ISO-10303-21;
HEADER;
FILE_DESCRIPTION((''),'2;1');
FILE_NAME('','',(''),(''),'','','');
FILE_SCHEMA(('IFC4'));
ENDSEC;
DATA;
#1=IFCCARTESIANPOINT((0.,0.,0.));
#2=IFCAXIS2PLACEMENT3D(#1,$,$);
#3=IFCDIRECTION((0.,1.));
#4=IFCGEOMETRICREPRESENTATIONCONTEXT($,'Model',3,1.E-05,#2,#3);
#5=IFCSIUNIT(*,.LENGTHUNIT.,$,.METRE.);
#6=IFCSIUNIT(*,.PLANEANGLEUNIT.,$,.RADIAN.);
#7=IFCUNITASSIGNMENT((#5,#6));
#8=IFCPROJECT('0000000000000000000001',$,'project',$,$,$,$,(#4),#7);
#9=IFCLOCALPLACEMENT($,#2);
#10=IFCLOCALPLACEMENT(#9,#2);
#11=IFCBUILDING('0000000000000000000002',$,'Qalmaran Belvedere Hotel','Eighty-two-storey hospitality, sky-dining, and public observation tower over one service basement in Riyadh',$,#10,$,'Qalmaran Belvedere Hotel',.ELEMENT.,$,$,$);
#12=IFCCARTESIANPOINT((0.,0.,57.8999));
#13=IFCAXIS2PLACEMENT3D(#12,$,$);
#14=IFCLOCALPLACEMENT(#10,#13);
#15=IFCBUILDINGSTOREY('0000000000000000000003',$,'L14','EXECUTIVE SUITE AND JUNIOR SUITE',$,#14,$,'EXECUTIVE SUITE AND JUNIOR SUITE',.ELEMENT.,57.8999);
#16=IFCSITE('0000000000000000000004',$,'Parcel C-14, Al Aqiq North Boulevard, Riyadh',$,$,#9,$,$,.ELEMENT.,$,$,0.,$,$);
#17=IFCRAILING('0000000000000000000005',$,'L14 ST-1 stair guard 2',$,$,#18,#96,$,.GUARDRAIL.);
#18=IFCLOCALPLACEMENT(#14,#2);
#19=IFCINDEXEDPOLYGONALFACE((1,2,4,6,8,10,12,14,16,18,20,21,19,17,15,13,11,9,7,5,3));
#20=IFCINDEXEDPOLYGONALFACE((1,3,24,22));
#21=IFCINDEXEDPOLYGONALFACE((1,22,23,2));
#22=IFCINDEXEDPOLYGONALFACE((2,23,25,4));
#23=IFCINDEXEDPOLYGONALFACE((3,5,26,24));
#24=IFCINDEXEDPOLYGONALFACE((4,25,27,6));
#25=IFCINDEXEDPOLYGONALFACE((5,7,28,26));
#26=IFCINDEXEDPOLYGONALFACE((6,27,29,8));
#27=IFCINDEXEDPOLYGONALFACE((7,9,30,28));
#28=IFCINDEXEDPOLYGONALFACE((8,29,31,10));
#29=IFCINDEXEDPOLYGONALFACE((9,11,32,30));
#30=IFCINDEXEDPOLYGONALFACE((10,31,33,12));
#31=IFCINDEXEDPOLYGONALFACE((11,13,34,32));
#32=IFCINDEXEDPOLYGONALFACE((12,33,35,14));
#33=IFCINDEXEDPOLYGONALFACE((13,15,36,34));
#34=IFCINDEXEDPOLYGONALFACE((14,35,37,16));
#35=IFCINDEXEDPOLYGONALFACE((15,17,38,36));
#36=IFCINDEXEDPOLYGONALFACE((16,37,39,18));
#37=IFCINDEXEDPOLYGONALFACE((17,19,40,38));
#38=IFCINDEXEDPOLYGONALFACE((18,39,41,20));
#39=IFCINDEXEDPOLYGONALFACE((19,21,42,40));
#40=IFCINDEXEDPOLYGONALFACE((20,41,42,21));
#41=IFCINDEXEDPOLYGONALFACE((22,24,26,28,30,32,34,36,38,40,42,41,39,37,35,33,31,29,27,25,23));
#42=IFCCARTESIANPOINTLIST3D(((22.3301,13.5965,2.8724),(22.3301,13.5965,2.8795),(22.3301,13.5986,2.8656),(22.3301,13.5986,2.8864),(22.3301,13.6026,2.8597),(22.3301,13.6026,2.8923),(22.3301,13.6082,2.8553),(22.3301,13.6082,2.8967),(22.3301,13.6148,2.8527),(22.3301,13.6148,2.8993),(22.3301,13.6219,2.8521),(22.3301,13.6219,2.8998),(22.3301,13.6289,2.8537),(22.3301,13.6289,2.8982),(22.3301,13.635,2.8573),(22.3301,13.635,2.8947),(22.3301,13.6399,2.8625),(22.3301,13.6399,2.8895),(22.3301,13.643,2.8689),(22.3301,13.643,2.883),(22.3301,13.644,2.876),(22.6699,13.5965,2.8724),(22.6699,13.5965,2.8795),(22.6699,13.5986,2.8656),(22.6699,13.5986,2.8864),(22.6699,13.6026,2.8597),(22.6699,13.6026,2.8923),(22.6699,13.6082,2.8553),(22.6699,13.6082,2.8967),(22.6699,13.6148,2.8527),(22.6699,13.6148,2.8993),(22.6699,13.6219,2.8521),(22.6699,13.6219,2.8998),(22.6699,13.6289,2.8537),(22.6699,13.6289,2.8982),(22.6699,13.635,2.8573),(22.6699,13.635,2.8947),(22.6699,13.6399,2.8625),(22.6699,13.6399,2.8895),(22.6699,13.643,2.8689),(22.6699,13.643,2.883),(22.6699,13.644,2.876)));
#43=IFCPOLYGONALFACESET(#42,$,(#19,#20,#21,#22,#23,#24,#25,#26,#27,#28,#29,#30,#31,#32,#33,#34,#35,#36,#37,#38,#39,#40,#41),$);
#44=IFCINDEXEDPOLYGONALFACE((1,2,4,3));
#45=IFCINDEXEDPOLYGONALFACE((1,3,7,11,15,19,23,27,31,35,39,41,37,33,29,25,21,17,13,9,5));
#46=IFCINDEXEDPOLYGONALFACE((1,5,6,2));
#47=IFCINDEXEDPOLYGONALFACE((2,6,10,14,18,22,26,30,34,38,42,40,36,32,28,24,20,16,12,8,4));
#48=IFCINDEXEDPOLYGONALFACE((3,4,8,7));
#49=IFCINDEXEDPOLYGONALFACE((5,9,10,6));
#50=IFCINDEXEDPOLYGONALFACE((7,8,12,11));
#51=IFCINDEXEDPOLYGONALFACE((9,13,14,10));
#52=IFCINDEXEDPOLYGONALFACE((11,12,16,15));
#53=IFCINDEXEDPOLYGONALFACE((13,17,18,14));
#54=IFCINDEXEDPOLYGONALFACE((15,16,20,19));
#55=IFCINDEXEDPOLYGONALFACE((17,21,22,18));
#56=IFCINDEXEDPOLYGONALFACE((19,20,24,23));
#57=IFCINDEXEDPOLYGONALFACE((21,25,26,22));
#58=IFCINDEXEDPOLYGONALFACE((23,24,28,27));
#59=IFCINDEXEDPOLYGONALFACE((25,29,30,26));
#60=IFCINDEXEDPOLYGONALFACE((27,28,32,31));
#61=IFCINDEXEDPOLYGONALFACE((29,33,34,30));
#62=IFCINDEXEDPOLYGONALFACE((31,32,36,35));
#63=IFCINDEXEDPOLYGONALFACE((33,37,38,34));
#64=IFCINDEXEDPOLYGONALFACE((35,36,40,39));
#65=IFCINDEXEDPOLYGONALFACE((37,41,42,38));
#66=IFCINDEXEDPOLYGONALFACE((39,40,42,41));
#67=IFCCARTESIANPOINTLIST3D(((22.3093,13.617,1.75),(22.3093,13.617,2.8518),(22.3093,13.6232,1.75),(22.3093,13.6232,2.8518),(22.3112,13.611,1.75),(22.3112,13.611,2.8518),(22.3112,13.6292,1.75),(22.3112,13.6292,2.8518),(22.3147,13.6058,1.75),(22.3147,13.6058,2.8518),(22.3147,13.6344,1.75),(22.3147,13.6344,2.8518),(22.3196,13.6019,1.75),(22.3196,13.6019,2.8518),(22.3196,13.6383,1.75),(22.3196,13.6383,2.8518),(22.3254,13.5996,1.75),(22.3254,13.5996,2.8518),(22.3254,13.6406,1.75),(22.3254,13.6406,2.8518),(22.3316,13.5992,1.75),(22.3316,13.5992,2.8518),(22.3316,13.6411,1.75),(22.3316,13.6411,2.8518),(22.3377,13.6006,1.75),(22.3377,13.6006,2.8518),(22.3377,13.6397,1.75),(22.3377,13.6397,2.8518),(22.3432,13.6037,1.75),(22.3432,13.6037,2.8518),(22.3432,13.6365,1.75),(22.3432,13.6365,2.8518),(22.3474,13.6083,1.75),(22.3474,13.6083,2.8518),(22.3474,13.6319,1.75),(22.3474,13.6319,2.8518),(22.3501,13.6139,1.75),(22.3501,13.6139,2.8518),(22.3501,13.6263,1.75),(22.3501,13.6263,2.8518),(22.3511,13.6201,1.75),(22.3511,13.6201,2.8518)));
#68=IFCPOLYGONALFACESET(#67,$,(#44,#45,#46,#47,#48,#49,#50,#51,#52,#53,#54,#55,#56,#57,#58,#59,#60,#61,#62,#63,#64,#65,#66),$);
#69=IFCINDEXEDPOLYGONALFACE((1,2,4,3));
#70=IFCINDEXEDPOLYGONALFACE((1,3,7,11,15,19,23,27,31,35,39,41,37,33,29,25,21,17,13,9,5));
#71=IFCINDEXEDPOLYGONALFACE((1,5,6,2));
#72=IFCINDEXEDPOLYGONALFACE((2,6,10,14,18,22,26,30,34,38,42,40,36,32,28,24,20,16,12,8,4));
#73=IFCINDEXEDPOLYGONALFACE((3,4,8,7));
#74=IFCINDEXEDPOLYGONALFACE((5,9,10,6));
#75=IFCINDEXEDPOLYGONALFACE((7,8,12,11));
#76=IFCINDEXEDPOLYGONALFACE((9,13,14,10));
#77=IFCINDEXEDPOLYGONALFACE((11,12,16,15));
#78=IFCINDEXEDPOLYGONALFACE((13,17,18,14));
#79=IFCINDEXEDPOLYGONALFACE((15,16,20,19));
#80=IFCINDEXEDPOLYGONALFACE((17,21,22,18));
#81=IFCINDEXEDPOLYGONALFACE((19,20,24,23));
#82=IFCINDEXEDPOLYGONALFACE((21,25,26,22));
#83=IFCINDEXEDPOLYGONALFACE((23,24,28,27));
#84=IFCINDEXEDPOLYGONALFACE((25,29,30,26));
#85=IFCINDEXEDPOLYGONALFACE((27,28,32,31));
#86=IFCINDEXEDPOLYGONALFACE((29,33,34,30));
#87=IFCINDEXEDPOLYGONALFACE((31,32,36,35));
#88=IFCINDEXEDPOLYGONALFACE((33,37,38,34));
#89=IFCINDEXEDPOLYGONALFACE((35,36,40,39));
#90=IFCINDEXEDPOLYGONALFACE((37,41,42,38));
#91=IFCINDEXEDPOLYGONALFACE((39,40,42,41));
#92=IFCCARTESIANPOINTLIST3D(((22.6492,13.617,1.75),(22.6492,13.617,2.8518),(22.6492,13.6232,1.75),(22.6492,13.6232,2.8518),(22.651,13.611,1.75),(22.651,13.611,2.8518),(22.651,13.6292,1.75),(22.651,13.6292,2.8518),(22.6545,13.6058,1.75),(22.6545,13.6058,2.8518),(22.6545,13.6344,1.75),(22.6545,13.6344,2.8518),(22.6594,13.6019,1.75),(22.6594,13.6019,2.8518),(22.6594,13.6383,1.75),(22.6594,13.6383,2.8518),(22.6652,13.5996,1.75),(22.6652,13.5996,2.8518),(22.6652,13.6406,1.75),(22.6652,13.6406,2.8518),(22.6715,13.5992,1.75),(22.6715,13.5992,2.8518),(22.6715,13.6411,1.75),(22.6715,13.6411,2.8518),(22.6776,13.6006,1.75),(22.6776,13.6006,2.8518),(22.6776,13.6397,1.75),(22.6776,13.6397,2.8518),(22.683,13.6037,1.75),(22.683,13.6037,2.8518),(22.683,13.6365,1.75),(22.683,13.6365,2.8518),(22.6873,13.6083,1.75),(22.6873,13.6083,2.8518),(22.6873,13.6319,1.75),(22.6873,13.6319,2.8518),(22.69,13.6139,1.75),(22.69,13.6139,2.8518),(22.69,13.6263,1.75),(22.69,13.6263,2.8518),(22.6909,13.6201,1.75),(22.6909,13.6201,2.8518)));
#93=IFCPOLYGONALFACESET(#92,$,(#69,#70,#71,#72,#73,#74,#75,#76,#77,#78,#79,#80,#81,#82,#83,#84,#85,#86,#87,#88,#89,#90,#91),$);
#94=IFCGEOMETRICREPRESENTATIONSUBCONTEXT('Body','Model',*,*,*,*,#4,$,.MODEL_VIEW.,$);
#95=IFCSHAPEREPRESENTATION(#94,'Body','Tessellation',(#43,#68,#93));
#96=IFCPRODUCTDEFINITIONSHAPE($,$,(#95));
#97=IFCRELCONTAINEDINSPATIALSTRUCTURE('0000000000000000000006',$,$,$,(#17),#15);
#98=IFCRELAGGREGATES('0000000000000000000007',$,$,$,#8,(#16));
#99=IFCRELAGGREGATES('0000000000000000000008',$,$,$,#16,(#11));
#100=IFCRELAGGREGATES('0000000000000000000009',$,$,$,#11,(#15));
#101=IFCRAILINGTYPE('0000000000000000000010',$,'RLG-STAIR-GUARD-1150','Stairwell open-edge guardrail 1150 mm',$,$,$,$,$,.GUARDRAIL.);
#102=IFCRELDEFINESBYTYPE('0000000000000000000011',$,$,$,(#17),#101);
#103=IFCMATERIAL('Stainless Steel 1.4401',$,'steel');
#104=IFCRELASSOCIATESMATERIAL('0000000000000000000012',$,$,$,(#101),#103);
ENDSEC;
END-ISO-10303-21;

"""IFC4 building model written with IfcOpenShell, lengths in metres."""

from ifc_helpers import new_model, si_unit, direction, frame, origin, origin_2d, place, context, subcontext, project, spatial, circle, extrude, material, type_object, element, save


model = new_model("IFC4")

# Units and contexts
model_context = context("Model", 3, precision=1e-05, world=origin(), true_north=direction((0.0, 1.0)))
body_context = subcontext(model_context, "Body", "Model", "MODEL_VIEW")
ifc_project = project(units=[si_unit("LENGTHUNIT", "METRE"), si_unit("PLANEANGLEUNIT", "RADIAN")], contexts=[model_context])

# Site, building, storey
site_placement = place(None, origin())
site = spatial("IfcSite", under=ifc_project, at=site_placement, Name="Parcel C-14, Al Aqiq North Boulevard, Riyadh", CompositionType="ELEMENT", RefElevation=0.0)
building_placement = place(site_placement, origin())
building = spatial("IfcBuilding", under=site, at=building_placement, Name="Qalmaran Belvedere Hotel", Description="Eighty-two-storey hospitality, sky-dining, and public observation tower over one service basement in Riyadh", LongName="Qalmaran Belvedere Hotel", CompositionType="ELEMENT")
storey_placement = place(building_placement, frame((0.0, 0.0, 57.8999)))
storey = spatial("IfcBuildingStorey", under=building, at=storey_placement, Name="L14", Description="EXECUTIVE SUITE AND JUNIOR SUITE", LongName="EXECUTIVE SUITE AND JUNIOR SUITE", CompositionType="ELEMENT", Elevation=57.8999)

# Railing
ifc_material_1 = material(Name="Stainless Steel 1.4401", Category="steel")
railing_type_1 = type_object("IfcRailingType", Name="RLG-STAIR-GUARD-1150", Description="Stairwell open-edge guardrail 1150 mm", PredefinedType="GUARDRAIL", material=ifc_material_1)
railing_1_placement = place(storey_placement, frame((22.3301, 13.6201, 1.75)))
element("IfcRailing", 1, at=railing_1_placement, inside=storey, type_object=railing_type_1, Name="L14 ST-1 stair guard 2", PredefinedType="GUARDRAIL", context=body_context, shape_type="SweptSolid", body=[
    extrude(circle(Radius=0.0239, at=origin_2d()), frame((0.0, 0.0, 1.126), z_axis=(1.0, 0.0, 0.0), x_axis=(0.0, 1.0, 0.0)), (0.0, 0.0, 1.0), 0.3398),
    extrude(circle(Radius=0.021, at=origin_2d()), origin(), (0.0, 0.0, 1.0), 1.1018),
    extrude(circle(Radius=0.021, at=origin_2d()), frame((0.3398, 0.0, 0.0)), (0.0, 0.0, 1.0), 1.1018),
])

save(model, "model.ifc")
